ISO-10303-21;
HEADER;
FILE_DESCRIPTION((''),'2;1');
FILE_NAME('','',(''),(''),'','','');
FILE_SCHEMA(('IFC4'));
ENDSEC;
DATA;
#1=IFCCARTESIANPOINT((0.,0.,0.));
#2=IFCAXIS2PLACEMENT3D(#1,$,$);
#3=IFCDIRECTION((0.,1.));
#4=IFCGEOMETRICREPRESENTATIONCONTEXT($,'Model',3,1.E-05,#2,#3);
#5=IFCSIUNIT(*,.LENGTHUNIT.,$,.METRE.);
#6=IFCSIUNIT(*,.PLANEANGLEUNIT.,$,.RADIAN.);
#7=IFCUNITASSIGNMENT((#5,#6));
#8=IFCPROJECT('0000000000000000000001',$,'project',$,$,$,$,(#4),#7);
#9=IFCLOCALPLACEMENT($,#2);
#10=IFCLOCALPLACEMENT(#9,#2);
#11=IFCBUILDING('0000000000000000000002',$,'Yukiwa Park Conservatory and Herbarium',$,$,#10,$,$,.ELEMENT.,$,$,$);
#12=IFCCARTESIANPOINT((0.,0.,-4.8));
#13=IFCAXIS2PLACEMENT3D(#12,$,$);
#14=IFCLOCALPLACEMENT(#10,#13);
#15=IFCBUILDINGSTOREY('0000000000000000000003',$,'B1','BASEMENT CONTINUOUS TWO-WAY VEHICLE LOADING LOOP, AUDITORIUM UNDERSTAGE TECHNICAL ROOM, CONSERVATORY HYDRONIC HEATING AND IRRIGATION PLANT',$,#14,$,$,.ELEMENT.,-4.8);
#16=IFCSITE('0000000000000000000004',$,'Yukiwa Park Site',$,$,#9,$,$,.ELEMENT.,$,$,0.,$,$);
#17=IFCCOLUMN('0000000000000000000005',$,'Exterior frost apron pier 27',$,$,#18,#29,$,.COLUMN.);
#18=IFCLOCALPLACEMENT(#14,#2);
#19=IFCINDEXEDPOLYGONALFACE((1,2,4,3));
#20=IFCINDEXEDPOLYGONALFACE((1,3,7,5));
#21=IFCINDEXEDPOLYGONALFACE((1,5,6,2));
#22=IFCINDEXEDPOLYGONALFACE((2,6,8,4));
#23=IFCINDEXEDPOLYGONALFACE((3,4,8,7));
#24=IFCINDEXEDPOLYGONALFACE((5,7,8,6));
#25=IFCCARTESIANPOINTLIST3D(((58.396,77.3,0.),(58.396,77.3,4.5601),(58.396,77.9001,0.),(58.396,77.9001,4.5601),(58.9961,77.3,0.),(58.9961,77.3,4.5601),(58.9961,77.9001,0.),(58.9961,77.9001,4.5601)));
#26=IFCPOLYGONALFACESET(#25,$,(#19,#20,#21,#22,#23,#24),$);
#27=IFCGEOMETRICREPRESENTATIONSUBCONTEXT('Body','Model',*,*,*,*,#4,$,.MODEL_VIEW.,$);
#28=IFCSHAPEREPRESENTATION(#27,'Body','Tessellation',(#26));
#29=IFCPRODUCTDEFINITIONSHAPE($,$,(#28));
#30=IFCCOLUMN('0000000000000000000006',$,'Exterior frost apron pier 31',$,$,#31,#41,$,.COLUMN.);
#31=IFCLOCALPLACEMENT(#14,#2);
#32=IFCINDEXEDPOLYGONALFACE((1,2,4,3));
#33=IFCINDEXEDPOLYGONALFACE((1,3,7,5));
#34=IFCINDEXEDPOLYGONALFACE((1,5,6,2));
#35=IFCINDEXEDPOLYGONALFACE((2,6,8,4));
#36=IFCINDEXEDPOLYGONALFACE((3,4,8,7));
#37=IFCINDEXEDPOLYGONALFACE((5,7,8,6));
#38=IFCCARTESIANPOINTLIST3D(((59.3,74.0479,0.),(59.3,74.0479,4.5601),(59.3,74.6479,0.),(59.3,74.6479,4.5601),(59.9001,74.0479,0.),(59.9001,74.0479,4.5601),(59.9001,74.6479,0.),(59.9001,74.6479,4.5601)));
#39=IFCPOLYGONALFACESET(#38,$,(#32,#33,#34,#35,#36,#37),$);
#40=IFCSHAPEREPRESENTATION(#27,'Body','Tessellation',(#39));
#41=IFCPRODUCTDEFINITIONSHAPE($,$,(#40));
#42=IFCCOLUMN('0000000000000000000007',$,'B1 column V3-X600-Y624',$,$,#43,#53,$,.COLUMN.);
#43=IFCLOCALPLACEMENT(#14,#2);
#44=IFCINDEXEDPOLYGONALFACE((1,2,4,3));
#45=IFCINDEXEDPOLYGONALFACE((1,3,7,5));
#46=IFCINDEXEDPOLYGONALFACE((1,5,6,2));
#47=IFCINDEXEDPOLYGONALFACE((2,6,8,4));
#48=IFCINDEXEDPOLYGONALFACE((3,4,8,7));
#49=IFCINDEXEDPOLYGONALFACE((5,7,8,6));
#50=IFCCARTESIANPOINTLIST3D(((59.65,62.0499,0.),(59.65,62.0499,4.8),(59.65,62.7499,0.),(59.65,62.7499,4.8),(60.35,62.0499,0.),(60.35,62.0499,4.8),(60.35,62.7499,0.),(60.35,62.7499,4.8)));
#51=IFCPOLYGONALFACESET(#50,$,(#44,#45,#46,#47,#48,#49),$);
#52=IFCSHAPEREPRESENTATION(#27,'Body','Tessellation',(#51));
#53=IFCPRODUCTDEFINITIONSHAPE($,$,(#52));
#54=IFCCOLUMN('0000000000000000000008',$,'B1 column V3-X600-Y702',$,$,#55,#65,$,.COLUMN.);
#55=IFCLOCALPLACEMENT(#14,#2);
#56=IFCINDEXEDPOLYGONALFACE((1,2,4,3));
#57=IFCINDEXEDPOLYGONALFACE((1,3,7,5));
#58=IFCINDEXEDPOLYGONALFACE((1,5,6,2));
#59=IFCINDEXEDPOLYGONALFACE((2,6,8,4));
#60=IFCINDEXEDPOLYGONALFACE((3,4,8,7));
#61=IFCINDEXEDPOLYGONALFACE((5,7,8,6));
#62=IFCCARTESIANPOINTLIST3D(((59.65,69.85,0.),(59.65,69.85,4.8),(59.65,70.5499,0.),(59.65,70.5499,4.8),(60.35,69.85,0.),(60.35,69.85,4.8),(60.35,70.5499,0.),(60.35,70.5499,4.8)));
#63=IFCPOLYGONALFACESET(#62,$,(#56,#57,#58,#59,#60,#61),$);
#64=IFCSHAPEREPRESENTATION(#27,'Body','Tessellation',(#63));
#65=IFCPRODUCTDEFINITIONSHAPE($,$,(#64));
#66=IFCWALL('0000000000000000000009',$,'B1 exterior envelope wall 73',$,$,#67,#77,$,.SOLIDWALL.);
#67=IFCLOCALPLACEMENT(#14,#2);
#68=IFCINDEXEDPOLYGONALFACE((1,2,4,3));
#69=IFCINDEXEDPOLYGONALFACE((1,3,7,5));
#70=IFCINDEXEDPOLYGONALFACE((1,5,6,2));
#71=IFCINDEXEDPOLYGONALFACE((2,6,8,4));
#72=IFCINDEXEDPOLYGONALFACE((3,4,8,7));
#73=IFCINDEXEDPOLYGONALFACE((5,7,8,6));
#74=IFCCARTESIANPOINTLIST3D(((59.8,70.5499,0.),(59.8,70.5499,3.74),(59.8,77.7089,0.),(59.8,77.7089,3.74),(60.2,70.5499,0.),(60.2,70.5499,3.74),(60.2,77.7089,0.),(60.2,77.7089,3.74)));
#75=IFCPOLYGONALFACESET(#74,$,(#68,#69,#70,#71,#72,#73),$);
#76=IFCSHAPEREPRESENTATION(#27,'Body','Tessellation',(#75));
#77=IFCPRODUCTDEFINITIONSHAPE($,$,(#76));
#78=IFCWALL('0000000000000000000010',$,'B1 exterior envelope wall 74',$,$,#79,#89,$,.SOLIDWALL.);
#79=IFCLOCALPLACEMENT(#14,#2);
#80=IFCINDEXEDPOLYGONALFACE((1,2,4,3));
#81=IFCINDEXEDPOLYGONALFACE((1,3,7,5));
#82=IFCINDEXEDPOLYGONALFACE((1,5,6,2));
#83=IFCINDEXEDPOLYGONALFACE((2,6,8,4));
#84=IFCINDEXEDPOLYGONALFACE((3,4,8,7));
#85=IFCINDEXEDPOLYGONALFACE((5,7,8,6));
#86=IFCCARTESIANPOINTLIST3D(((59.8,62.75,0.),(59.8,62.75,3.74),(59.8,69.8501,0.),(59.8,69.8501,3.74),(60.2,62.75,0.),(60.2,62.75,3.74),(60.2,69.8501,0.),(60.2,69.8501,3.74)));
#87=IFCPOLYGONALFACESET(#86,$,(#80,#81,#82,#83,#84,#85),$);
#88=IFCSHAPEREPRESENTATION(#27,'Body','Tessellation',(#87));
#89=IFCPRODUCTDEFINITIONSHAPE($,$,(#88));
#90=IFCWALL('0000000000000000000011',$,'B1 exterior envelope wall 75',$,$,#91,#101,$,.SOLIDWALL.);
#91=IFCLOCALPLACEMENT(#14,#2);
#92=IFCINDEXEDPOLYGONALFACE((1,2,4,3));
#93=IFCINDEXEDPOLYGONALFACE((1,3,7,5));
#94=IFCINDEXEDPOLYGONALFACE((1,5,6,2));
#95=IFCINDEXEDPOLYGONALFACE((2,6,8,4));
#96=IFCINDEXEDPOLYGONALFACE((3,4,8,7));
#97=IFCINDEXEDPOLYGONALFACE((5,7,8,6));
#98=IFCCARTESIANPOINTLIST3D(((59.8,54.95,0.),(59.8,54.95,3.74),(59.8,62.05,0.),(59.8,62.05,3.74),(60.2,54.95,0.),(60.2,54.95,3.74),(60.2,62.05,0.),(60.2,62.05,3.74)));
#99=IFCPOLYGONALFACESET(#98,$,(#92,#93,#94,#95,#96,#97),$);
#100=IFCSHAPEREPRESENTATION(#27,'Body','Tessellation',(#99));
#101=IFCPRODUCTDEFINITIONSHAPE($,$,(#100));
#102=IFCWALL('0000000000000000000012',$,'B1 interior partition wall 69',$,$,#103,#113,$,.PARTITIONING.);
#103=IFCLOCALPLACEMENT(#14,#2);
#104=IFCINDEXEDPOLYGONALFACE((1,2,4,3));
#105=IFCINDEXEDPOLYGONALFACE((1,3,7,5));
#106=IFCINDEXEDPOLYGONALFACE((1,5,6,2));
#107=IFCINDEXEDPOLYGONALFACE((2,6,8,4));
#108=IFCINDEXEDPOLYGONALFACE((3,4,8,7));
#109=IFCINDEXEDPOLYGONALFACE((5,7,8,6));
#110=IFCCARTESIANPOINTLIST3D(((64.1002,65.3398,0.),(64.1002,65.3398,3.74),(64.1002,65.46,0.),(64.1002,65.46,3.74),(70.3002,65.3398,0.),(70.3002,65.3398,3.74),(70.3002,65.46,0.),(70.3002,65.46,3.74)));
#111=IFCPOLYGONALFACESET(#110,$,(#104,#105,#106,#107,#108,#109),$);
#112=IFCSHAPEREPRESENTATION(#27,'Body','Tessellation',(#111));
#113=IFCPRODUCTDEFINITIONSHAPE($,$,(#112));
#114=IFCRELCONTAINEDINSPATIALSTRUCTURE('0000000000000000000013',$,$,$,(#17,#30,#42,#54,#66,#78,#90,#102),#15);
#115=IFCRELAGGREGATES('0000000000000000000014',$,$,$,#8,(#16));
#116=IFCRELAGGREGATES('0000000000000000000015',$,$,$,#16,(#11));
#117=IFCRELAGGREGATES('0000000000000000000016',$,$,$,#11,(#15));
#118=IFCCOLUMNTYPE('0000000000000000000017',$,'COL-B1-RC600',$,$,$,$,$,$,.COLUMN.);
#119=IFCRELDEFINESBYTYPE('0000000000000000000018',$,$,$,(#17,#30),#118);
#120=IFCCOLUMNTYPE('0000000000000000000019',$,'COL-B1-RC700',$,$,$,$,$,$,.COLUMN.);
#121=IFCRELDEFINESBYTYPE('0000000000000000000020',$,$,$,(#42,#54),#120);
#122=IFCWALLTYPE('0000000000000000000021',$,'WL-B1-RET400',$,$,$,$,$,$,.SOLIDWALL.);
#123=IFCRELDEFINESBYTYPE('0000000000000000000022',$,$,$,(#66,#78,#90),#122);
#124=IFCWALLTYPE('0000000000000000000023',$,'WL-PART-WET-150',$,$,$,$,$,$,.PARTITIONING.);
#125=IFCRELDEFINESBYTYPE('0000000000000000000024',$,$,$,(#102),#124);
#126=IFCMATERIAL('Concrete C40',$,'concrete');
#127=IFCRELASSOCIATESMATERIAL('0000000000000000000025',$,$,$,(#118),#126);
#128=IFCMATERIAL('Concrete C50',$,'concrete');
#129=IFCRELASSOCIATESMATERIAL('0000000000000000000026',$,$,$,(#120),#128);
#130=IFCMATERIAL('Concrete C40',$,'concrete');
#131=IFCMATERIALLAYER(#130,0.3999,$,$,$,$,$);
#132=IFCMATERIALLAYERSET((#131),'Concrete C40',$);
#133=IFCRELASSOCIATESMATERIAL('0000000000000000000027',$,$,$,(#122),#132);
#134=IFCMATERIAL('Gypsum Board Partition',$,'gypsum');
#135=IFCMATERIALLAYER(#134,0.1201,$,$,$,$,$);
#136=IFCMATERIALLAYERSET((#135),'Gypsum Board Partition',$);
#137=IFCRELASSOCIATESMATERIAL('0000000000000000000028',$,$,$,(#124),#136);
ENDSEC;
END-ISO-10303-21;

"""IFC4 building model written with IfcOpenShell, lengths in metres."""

from ifc_helpers import new_model, si_unit, direction, frame, frame_2d, origin, origin_2d, place, context, subcontext, project, spatial, rectangle, extrude, material, layer, layer_set, material_profile, profile_set, type_object, element, save


model = new_model("IFC4")

# Units and contexts
model_context = context("Model", 3, precision=1e-05, world=origin(), true_north=direction((0.0, 1.0)))
body_context = subcontext(model_context, "Body", "Model", "MODEL_VIEW")
ifc_project = project(units=[si_unit("LENGTHUNIT", "METRE"), si_unit("PLANEANGLEUNIT", "RADIAN")], contexts=[model_context])

# Site, building, storey
site_placement = place(None, origin())
site = spatial("IfcSite", under=ifc_project, at=site_placement, Name="Yukiwa Park Site", CompositionType="ELEMENT", RefElevation=0.0)
building_placement = place(site_placement, origin())
building = spatial("IfcBuilding", under=site, at=building_placement, Name="Yukiwa Park Conservatory and Herbarium", CompositionType="ELEMENT")
storey_placement = place(building_placement, frame((0.0, 0.0, -4.8)))
storey = spatial("IfcBuildingStorey", under=building, at=storey_placement, Name="B1", Description="BASEMENT CONTINUOUS TWO-WAY VEHICLE LOADING LOOP, AUDITORIUM UNDERSTAGE TECHNICAL ROOM, CONSERVATORY HYDRONIC HEATING AND IRRIGATION PLANT", CompositionType="ELEMENT", Elevation=-4.8)

# Columns
ifc_material_1 = material(Name="Concrete C40", Category="concrete")
ifc_material_profile_1 = material_profile(ifc_material_1, rectangle(XDim=0.6001, YDim=0.6001, at=origin_2d()), Name="RC 600x600")
ifc_profile_set_1 = profile_set([ifc_material_profile_1], Name="Concrete C40")
column_type_1 = type_object("IfcColumnType", Name="COL-B1-RC600", PredefinedType="COLUMN", material=ifc_profile_set_1)
for number, where, z_axis, x_axis, name in (
    (1, (58.696, 77.6001, 0.0), (0.0, 0.0, 1.0), (1.0, 0.0, 0.0), "Exterior frost apron pier 27"),
    (2, (59.6001, 74.3479, 0.0), (0.0, 0.0, 1.0), (1.0, 0.0, 0.0), "Exterior frost apron pier 31"),
):
    element("IfcColumn", number, at=place(storey_placement, frame(where, z_axis=z_axis, x_axis=x_axis)), inside=storey, type_object=column_type_1, Name=name, PredefinedType="COLUMN", context=body_context, shape_type="SweptSolid", body=[
        extrude(rectangle(XDim=0.6001, YDim=0.6001, at=origin_2d()), origin(), (0.0, 0.0, 1.0), 4.5601),
    ])
ifc_material_2 = material(Name="Concrete C50", Category="concrete")
ifc_material_profile_2 = material_profile(ifc_material_2, rectangle(XDim=0.7, YDim=0.7, at=origin_2d()), Name="RC 700x700")
ifc_profile_set_2 = profile_set([ifc_material_profile_2], Name="Concrete C50")
column_type_2 = type_object("IfcColumnType", Name="COL-B1-RC700", PredefinedType="COLUMN", material=ifc_profile_set_2)
for number, where, z_axis, x_axis, name in (
    (3, (60.0, 62.3999, 0.0), (0.0, 0.0, 1.0), (1.0, 0.0, 0.0), "B1 column V3-X600-Y624"),
    (4, (60.0, 70.2, 0.0), (0.0, 0.0, 1.0), (1.0, 0.0, 0.0), "B1 column V3-X600-Y702"),
):
    element("IfcColumn", number, at=place(storey_placement, frame(where, z_axis=z_axis, x_axis=x_axis)), inside=storey, type_object=column_type_2, Name=name, PredefinedType="COLUMN", context=body_context, shape_type="SweptSolid", body=[
        extrude(rectangle(XDim=0.7, YDim=0.7, at=origin_2d()), origin(), (0.0, 0.0, 1.0), 4.8),
    ])

# Walls
ifc_material_3 = material(Name="Concrete C40", Category="concrete")
ifc_layer_1 = layer(ifc_material_3, 0.3999)
ifc_layer_set_1 = layer_set([ifc_layer_1], Name="Concrete C40")
wall_type_1 = type_object("IfcWallType", Name="WL-B1-RET400", PredefinedType="SOLIDWALL", material=ifc_layer_set_1)
wall_1_placement = place(storey_placement, frame((60.0, 77.709, 0.0), z_axis=(0.0, 0.0, 1.0), x_axis=(0.0, -1.0, 0.0)))
element("IfcWall", 5, at=wall_1_placement, inside=storey, type_object=wall_type_1, Name="B1 exterior envelope wall 73", PredefinedType="SOLIDWALL", context=body_context, shape_type="SweptSolid", body=[
    extrude(rectangle(XDim=7.1589, YDim=0.3999, at=frame_2d((3.5796, 0.0))), origin(), (0.0, 0.0, 1.0), 3.74),
])
for number, where, z_axis, x_axis, name in (
    (6, (60.0, 69.8501, 0.0), (0.0, 0.0, 1.0), (0.0, -1.0, 0.0), "B1 exterior envelope wall 74"),
    (7, (60.0, 62.05, 0.0), (0.0, 0.0, 1.0), (0.0, -1.0, 0.0), "B1 exterior envelope wall 75"),
):
    element("IfcWall", number, at=place(storey_placement, frame(where, z_axis=z_axis, x_axis=x_axis)), inside=storey, type_object=wall_type_1, Name=name, PredefinedType="SOLIDWALL", context=body_context, shape_type="SweptSolid", body=[
        extrude(rectangle(XDim=7.1001, YDim=0.3999, at=frame_2d((3.55, 0.0))), origin(), (0.0, 0.0, 1.0), 3.74),
    ])
ifc_material_4 = material(Name="Gypsum Board Partition", Category="gypsum")
ifc_layer_2 = layer(ifc_material_4, 0.1201)
ifc_layer_set_2 = layer_set([ifc_layer_2], Name="Gypsum Board Partition")
wall_type_2 = type_object("IfcWallType", Name="WL-PART-WET-150", PredefinedType="PARTITIONING", material=ifc_layer_set_2)
wall_2_placement = place(storey_placement, frame((64.1001, 65.3999, 0.0), z_axis=(0.0, 0.0, 1.0), x_axis=(1.0, 0.0, 0.0)))
element("IfcWall", 8, at=wall_2_placement, inside=storey, type_object=wall_type_2, Name="B1 interior partition wall 69", PredefinedType="PARTITIONING", context=body_context, shape_type="SweptSolid", body=[
    extrude(rectangle(XDim=6.2, YDim=0.1201, at=frame_2d((3.1001, 0.0))), origin(), (0.0, 0.0, 1.0), 3.74),
])

save(model, "model.ifc")
